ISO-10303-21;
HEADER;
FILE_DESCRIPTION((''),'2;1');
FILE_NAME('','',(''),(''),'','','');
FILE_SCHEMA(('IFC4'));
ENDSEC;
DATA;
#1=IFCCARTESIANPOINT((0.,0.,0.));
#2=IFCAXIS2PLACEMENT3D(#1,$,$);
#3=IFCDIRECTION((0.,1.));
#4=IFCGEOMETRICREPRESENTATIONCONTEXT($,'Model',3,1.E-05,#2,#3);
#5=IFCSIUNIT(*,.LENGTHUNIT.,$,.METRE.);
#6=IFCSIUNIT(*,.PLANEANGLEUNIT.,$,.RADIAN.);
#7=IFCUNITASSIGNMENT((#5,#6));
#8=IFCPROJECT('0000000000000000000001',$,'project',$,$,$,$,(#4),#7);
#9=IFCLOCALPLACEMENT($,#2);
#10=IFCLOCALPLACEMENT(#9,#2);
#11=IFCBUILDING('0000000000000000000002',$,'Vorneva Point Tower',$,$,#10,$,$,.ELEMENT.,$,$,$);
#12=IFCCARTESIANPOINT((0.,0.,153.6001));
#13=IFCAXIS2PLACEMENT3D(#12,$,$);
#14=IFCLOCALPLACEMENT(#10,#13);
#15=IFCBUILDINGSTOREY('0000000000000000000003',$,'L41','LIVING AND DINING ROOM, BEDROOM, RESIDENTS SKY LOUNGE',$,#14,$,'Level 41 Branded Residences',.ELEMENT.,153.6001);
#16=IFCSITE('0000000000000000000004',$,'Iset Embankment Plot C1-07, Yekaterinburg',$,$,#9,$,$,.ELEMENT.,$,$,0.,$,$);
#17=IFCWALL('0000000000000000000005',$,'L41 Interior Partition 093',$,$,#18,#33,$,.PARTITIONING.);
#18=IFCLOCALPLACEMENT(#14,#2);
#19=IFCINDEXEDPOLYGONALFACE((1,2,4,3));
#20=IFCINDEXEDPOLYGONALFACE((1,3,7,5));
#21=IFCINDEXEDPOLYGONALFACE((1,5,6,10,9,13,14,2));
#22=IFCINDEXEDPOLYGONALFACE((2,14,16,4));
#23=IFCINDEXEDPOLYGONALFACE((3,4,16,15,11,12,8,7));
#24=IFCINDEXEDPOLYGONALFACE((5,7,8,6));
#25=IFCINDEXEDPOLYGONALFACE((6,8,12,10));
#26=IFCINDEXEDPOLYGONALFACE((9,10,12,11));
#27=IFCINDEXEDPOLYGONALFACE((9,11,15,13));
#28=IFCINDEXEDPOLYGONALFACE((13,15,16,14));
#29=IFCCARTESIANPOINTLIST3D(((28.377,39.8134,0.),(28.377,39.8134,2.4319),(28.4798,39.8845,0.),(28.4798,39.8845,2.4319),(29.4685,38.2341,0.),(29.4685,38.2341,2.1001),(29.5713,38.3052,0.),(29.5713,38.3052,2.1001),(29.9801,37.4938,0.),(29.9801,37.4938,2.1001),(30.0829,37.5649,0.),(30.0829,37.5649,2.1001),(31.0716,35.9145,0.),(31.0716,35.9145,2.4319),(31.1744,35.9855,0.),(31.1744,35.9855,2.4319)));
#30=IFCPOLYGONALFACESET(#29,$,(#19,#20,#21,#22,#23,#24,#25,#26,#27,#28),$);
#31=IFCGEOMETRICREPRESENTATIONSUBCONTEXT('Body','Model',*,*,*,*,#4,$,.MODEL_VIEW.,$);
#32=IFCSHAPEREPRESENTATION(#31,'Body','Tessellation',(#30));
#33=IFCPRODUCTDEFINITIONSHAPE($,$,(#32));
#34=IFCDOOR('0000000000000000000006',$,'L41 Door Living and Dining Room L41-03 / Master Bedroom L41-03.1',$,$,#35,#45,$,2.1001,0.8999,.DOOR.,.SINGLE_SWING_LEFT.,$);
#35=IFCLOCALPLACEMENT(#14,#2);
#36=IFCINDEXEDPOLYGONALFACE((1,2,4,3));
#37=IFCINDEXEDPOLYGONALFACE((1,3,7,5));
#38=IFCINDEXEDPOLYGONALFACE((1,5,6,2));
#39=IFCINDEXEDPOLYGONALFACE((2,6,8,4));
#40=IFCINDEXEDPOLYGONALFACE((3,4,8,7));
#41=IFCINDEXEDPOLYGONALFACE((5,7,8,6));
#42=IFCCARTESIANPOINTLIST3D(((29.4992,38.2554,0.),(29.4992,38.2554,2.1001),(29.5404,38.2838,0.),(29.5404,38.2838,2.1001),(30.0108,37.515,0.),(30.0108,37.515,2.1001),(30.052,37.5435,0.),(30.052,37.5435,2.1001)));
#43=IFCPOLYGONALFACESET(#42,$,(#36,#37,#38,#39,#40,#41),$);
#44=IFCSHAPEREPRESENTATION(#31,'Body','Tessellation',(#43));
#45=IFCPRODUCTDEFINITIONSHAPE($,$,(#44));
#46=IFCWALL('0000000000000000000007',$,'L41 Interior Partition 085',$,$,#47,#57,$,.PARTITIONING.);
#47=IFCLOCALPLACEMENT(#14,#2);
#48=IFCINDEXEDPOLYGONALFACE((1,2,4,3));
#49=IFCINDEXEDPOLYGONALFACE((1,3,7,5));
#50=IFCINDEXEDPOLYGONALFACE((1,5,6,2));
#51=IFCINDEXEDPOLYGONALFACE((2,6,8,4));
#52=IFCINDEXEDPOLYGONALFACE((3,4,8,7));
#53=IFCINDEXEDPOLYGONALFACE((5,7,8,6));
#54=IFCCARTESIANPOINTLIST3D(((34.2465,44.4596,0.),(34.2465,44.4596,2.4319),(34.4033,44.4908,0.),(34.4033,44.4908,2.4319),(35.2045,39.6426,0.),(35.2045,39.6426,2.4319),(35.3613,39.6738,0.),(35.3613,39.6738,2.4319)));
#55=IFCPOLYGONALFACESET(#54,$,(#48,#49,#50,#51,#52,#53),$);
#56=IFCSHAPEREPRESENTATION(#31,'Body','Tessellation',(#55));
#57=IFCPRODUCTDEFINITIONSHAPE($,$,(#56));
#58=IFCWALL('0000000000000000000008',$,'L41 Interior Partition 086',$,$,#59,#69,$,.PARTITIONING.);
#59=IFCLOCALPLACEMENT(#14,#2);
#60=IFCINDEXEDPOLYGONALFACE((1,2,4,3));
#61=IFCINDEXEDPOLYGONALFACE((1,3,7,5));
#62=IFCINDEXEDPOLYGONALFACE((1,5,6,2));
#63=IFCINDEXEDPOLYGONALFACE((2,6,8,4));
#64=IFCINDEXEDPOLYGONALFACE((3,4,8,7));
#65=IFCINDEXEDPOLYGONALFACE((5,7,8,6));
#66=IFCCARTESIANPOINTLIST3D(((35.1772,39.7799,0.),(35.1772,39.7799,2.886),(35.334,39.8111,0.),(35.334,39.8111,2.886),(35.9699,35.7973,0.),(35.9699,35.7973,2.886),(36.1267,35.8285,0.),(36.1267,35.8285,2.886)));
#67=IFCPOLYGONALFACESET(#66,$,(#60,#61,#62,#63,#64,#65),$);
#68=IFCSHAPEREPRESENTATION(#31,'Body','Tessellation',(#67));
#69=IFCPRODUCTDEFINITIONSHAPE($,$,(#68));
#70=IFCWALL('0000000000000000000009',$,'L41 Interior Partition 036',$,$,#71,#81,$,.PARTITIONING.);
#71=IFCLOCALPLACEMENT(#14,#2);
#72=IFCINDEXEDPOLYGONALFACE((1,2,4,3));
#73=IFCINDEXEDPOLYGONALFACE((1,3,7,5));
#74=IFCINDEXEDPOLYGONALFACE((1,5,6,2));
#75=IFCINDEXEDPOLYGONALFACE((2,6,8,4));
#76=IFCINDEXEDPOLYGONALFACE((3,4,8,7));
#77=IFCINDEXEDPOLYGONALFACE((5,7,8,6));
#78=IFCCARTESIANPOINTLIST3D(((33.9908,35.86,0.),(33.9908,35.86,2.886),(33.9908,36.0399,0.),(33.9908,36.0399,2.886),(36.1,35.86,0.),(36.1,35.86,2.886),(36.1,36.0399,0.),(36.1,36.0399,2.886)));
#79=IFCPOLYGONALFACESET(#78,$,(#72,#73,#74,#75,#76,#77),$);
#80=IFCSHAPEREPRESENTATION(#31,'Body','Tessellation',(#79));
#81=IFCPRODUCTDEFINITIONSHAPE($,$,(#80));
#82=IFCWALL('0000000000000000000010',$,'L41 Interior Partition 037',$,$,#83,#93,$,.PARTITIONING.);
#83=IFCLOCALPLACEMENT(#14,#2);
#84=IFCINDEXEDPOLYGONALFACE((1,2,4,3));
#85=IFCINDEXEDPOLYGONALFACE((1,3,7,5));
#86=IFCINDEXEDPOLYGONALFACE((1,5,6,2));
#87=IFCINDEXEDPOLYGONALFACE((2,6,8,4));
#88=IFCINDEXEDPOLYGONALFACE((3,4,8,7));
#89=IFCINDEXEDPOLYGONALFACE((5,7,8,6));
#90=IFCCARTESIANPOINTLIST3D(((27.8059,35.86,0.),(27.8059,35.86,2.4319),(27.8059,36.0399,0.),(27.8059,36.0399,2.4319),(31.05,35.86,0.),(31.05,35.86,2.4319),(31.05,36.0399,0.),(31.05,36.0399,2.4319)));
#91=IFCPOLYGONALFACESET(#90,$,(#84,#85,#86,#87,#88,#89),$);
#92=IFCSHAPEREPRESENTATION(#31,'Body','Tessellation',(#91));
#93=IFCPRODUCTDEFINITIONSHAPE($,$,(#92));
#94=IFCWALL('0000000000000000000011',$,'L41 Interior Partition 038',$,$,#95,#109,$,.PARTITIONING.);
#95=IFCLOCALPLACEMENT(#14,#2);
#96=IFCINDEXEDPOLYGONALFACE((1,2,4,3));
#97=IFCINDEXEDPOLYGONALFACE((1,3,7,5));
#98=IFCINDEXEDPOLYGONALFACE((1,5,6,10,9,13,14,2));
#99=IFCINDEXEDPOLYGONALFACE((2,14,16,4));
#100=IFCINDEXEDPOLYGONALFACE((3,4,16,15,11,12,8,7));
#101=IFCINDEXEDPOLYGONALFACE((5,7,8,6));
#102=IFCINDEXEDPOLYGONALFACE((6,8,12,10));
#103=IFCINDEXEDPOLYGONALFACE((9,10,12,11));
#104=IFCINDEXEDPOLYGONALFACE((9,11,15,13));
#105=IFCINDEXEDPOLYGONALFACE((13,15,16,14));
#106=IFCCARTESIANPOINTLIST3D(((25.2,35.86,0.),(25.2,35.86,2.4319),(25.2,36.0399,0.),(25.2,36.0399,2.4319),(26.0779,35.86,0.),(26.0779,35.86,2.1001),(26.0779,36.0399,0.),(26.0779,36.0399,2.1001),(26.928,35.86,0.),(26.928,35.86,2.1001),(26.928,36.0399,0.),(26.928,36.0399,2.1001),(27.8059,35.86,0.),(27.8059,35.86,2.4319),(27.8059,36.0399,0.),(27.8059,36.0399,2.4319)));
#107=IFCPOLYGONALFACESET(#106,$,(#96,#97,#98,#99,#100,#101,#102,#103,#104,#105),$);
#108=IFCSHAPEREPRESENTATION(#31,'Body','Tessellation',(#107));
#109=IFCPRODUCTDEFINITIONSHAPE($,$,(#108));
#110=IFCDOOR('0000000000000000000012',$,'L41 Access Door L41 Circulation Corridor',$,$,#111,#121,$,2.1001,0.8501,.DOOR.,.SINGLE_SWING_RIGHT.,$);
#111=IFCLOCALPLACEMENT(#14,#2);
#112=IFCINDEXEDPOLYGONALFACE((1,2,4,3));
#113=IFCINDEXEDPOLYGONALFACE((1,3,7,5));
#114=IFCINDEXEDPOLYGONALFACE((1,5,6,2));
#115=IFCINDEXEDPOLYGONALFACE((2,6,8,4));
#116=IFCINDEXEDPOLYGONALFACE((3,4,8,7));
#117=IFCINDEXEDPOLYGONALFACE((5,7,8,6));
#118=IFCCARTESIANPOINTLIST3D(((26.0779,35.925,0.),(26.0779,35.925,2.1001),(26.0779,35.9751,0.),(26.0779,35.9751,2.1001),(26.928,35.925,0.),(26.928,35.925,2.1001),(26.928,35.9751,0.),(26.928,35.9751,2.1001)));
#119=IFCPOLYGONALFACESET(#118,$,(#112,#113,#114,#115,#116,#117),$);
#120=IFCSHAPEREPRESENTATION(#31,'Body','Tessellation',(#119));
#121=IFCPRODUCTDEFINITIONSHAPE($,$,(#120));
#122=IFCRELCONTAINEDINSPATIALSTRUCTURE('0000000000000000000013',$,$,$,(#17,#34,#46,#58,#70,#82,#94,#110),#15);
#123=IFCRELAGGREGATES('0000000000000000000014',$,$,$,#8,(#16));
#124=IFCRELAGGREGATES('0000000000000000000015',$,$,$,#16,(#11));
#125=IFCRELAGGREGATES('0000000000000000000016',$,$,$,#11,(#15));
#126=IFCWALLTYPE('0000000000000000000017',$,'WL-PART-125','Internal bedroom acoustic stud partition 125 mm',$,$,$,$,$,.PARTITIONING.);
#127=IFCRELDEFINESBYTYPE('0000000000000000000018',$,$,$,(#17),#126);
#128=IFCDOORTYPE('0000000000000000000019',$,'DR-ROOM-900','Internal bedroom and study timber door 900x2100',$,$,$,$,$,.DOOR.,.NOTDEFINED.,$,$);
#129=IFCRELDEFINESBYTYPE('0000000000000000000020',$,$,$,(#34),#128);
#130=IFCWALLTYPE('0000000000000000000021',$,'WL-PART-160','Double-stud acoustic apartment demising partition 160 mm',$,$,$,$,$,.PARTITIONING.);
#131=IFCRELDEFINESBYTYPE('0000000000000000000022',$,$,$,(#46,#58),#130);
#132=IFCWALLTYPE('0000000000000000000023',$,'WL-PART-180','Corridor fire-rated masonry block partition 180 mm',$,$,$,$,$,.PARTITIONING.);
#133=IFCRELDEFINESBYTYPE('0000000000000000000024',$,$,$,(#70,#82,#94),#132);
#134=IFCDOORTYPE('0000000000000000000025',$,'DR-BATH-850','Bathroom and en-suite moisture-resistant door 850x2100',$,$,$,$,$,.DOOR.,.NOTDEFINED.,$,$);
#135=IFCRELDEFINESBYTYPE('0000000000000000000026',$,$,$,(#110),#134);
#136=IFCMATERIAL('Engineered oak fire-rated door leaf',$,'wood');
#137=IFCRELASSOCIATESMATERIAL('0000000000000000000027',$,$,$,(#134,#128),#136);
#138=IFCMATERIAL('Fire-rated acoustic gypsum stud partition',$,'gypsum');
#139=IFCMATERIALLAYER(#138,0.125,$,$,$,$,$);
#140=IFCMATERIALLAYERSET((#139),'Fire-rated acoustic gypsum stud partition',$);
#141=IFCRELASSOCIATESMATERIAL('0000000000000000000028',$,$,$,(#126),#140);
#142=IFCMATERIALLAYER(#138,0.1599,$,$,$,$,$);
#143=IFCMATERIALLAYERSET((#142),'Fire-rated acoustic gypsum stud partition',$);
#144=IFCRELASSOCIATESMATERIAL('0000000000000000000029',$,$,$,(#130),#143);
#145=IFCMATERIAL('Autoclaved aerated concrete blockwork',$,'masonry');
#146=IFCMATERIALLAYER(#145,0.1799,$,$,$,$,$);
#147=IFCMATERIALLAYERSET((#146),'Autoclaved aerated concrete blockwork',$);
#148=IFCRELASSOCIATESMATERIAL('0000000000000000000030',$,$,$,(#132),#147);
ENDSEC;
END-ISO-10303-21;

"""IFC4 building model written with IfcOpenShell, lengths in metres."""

from ifc_helpers import new_model, si_unit, direction, frame, frame_2d, origin, place, context, subcontext, project, spatial, rectangle, extrude, material, layer, layer_set, type_object, element, fill, save


model = new_model("IFC4")

# Units and contexts
model_context = context("Model", 3, precision=1e-05, world=origin(), true_north=direction((0.0, 1.0)))
body_context = subcontext(model_context, "Body", "Model", "MODEL_VIEW")
ifc_project = project(units=[si_unit("LENGTHUNIT", "METRE"), si_unit("PLANEANGLEUNIT", "RADIAN")], contexts=[model_context])

# Site, building, storey
site_placement = place(None, origin())
site = spatial("IfcSite", under=ifc_project, at=site_placement, Name="Iset Embankment Plot C1-07, Yekaterinburg", CompositionType="ELEMENT", RefElevation=0.0)
building_placement = place(site_placement, origin())
building = spatial("IfcBuilding", under=site, at=building_placement, Name="Vorneva Point Tower", CompositionType="ELEMENT")
storey_placement = place(building_placement, frame((0.0, 0.0, 153.6001)))
storey = spatial("IfcBuildingStorey", under=building, at=storey_placement, Name="L41", Description="LIVING AND DINING ROOM, BEDROOM, RESIDENTS SKY LOUNGE", LongName="Level 41 Branded Residences", CompositionType="ELEMENT", Elevation=153.6001)

# Shared definitions
ifc_material_1 = material(Name="Fire-rated acoustic gypsum stud partition", Category="gypsum")
ifc_material_2 = material(Name="Engineered oak fire-rated door leaf", Category="wood")
door_type_1 = type_object("IfcDoorType", Name="DR-BATH-850", Description="Bathroom and en-suite moisture-resistant door 850x2100", OperationType="NOTDEFINED", PredefinedType="DOOR", material=ifc_material_2)

# Shared definitions
door_type_2 = type_object("IfcDoorType", Name="DR-ROOM-900", Description="Internal bedroom and study timber door 900x2100", OperationType="NOTDEFINED", PredefinedType="DOOR", material=ifc_material_2)

# Wall, opening, door
ifc_layer_1 = layer(ifc_material_1, 0.125)
ifc_layer_set_1 = layer_set([ifc_layer_1], Name="Fire-rated acoustic gypsum stud partition")
wall_type_1 = type_object("IfcWallType", Name="WL-PART-125", Description="Internal bedroom acoustic stud partition 125 mm", PredefinedType="PARTITIONING", material=ifc_layer_set_1)
wall_1_placement = place(storey_placement, frame((28.4285, 39.8489, 0.0), z_axis=(0.0, 0.0, 1.0), x_axis=(0.568543, -0.822654, 0.0)))
wall_1 = element("IfcWall", 1, at=wall_1_placement, inside=storey, type_object=wall_type_1, Name="L41 Interior Partition 093", PredefinedType="PARTITIONING", context=body_context, shape_type="SweptSolid", body=[
    extrude(rectangle(XDim=4.7395, YDim=0.125, at=frame_2d((2.3696, 0.0))), origin(), (0.0, 0.0, 1.0), 2.4319),
])
opening_1_placement = place(wall_1_placement, frame((1.9197, 0.0, 0.0)))
opening_1 = element("IfcOpeningElement", 2, at=opening_1_placement, cuts=wall_1, PredefinedType="OPENING", context=body_context, shape_type="SweptSolid", body=[
    extrude(rectangle(XDim=0.8999, YDim=2.1001, at=frame_2d((0.45, 1.05))), frame((0.0, 0.0774, 0.0), z_axis=(0.0, -1.0, 0.0), x_axis=(1.0, 0.0, 0.0)), (0.0, 0.0, 1.0), 0.1548),
])
door_1_placement = place(opening_1_placement, origin())
door_1 = element("IfcDoor", 3, at=door_1_placement, inside=storey, type_object=door_type_2, Name="L41 Door Living and Dining Room L41-03 / Master Bedroom L41-03.1", OperationType="SINGLE_SWING_LEFT", OverallHeight=2.1001, OverallWidth=0.8999, PredefinedType="DOOR", context=body_context, shape_type="SweptSolid", body=[
    extrude(rectangle(XDim=0.8999, YDim=2.1001, at=frame_2d((0.45, 1.05))), frame((0.0, 0.0249, 0.0), z_axis=(0.0, -1.0, 0.0), x_axis=(1.0, 0.0, 0.0)), (0.0, 0.0, 1.0), 0.05),
])
fill(opening_1, door_1)

# Walls
ifc_layer_2 = layer(ifc_material_1, 0.1599)
ifc_layer_set_2 = layer_set([ifc_layer_2], Name="Fire-rated acoustic gypsum stud partition")
wall_type_2 = type_object("IfcWallType", Name="WL-PART-160", Description="Double-stud acoustic apartment demising partition 160 mm", PredefinedType="PARTITIONING", material=ifc_layer_set_2)
wall_2_placement = place(storey_placement, frame((34.325, 44.4751, 0.0), z_axis=(0.0, 0.0, 1.0), x_axis=(0.195055, -0.980792, 0.0)))
element("IfcWall", 4, at=wall_2_placement, inside=storey, type_object=wall_type_2, Name="L41 Interior Partition 085", PredefinedType="PARTITIONING", context=body_context, shape_type="SweptSolid", body=[
    extrude(rectangle(XDim=4.9114, YDim=0.1599, at=frame_2d((2.4556, 0.0))), origin(), (0.0, 0.0, 1.0), 2.4319),
])
wall_3_placement = place(storey_placement, frame((35.2556, 39.7954, 0.0), z_axis=(0.0, 0.0, 1.0), x_axis=(0.195214, -0.980761, 0.0)))
element("IfcWall", 5, at=wall_3_placement, inside=storey, type_object=wall_type_2, Name="L41 Interior Partition 086", PredefinedType="PARTITIONING", context=body_context, shape_type="SweptSolid", body=[
    extrude(rectangle(XDim=4.0608, YDim=0.1599, at=frame_2d((2.0303, 0.0))), origin(), (0.0, 0.0, 1.0), 2.886),
])

# Shared definitions
ifc_material_3 = material(Name="Autoclaved aerated concrete blockwork", Category="masonry")
ifc_layer_3 = layer(ifc_material_3, 0.1799)
ifc_layer_set_3 = layer_set([ifc_layer_3], Name="Autoclaved aerated concrete blockwork")
wall_type_3 = type_object("IfcWallType", Name="WL-PART-180", Description="Corridor fire-rated masonry block partition 180 mm", PredefinedType="PARTITIONING", material=ifc_layer_set_3)

# Walls
wall_4_placement = place(storey_placement, frame((36.1001, 35.95, 0.0), z_axis=(0.0, 0.0, 1.0), x_axis=(-1.0, 0.0, 0.0)))
element("IfcWall", 6, at=wall_4_placement, inside=storey, type_object=wall_type_3, Name="L41 Interior Partition 036", PredefinedType="PARTITIONING", context=body_context, shape_type="SweptSolid", body=[
    extrude(rectangle(XDim=2.1091, YDim=0.1799, at=frame_2d((1.0547, 0.0))), origin(), (0.0, 0.0, 1.0), 2.886),
])
wall_5_placement = place(storey_placement, frame((31.05, 35.95, 0.0), z_axis=(0.0, 0.0, 1.0), x_axis=(-1.0, 0.0, 0.0)))
element("IfcWall", 7, at=wall_5_placement, inside=storey, type_object=wall_type_3, Name="L41 Interior Partition 037", PredefinedType="PARTITIONING", context=body_context, shape_type="SweptSolid", body=[
    extrude(rectangle(XDim=3.2441, YDim=0.1799, at=frame_2d((1.6221, 0.0))), origin(), (0.0, 0.0, 1.0), 2.4319),
])

# Wall, opening, door
wall_6_placement = place(storey_placement, frame((27.8059, 35.95, 0.0), z_axis=(0.0, 0.0, 1.0), x_axis=(-1.0, 0.0, 0.0)))
wall_6 = element("IfcWall", 8, at=wall_6_placement, inside=storey, type_object=wall_type_3, Name="L41 Interior Partition 038", PredefinedType="PARTITIONING", context=body_context, shape_type="SweptSolid", body=[
    extrude(rectangle(XDim=2.606, YDim=0.1799, at=frame_2d((1.303, 0.0))), origin(), (0.0, 0.0, 1.0), 2.4319),
])
opening_2_placement = place(wall_6_placement, frame((0.8779, 0.0, 0.0)))
opening_2 = element("IfcOpeningElement", 9, at=opening_2_placement, cuts=wall_6, PredefinedType="OPENING", context=body_context, shape_type="SweptSolid", body=[
    extrude(rectangle(XDim=0.8501, YDim=2.1001, at=frame_2d((0.425, 1.05))), frame((0.0, 0.105, 0.0), z_axis=(0.0, -1.0, 0.0), x_axis=(1.0, 0.0, 0.0)), (0.0, 0.0, 1.0), 0.2097),
])
door_2_placement = place(opening_2_placement, origin())
door_2 = element("IfcDoor", 10, at=door_2_placement, inside=storey, type_object=door_type_1, Name="L41 Access Door L41 Circulation Corridor", OperationType="SINGLE_SWING_RIGHT", OverallHeight=2.1001, OverallWidth=0.8501, PredefinedType="DOOR", context=body_context, shape_type="SweptSolid", body=[
    extrude(rectangle(XDim=0.8501, YDim=2.1001, at=frame_2d((0.425, 1.05))), frame((0.0, 0.0249, 0.0), z_axis=(0.0, -1.0, 0.0), x_axis=(1.0, 0.0, 0.0)), (0.0, 0.0, 1.0), 0.05),
])
fill(opening_2, door_2)

save(model, "model.ifc")
